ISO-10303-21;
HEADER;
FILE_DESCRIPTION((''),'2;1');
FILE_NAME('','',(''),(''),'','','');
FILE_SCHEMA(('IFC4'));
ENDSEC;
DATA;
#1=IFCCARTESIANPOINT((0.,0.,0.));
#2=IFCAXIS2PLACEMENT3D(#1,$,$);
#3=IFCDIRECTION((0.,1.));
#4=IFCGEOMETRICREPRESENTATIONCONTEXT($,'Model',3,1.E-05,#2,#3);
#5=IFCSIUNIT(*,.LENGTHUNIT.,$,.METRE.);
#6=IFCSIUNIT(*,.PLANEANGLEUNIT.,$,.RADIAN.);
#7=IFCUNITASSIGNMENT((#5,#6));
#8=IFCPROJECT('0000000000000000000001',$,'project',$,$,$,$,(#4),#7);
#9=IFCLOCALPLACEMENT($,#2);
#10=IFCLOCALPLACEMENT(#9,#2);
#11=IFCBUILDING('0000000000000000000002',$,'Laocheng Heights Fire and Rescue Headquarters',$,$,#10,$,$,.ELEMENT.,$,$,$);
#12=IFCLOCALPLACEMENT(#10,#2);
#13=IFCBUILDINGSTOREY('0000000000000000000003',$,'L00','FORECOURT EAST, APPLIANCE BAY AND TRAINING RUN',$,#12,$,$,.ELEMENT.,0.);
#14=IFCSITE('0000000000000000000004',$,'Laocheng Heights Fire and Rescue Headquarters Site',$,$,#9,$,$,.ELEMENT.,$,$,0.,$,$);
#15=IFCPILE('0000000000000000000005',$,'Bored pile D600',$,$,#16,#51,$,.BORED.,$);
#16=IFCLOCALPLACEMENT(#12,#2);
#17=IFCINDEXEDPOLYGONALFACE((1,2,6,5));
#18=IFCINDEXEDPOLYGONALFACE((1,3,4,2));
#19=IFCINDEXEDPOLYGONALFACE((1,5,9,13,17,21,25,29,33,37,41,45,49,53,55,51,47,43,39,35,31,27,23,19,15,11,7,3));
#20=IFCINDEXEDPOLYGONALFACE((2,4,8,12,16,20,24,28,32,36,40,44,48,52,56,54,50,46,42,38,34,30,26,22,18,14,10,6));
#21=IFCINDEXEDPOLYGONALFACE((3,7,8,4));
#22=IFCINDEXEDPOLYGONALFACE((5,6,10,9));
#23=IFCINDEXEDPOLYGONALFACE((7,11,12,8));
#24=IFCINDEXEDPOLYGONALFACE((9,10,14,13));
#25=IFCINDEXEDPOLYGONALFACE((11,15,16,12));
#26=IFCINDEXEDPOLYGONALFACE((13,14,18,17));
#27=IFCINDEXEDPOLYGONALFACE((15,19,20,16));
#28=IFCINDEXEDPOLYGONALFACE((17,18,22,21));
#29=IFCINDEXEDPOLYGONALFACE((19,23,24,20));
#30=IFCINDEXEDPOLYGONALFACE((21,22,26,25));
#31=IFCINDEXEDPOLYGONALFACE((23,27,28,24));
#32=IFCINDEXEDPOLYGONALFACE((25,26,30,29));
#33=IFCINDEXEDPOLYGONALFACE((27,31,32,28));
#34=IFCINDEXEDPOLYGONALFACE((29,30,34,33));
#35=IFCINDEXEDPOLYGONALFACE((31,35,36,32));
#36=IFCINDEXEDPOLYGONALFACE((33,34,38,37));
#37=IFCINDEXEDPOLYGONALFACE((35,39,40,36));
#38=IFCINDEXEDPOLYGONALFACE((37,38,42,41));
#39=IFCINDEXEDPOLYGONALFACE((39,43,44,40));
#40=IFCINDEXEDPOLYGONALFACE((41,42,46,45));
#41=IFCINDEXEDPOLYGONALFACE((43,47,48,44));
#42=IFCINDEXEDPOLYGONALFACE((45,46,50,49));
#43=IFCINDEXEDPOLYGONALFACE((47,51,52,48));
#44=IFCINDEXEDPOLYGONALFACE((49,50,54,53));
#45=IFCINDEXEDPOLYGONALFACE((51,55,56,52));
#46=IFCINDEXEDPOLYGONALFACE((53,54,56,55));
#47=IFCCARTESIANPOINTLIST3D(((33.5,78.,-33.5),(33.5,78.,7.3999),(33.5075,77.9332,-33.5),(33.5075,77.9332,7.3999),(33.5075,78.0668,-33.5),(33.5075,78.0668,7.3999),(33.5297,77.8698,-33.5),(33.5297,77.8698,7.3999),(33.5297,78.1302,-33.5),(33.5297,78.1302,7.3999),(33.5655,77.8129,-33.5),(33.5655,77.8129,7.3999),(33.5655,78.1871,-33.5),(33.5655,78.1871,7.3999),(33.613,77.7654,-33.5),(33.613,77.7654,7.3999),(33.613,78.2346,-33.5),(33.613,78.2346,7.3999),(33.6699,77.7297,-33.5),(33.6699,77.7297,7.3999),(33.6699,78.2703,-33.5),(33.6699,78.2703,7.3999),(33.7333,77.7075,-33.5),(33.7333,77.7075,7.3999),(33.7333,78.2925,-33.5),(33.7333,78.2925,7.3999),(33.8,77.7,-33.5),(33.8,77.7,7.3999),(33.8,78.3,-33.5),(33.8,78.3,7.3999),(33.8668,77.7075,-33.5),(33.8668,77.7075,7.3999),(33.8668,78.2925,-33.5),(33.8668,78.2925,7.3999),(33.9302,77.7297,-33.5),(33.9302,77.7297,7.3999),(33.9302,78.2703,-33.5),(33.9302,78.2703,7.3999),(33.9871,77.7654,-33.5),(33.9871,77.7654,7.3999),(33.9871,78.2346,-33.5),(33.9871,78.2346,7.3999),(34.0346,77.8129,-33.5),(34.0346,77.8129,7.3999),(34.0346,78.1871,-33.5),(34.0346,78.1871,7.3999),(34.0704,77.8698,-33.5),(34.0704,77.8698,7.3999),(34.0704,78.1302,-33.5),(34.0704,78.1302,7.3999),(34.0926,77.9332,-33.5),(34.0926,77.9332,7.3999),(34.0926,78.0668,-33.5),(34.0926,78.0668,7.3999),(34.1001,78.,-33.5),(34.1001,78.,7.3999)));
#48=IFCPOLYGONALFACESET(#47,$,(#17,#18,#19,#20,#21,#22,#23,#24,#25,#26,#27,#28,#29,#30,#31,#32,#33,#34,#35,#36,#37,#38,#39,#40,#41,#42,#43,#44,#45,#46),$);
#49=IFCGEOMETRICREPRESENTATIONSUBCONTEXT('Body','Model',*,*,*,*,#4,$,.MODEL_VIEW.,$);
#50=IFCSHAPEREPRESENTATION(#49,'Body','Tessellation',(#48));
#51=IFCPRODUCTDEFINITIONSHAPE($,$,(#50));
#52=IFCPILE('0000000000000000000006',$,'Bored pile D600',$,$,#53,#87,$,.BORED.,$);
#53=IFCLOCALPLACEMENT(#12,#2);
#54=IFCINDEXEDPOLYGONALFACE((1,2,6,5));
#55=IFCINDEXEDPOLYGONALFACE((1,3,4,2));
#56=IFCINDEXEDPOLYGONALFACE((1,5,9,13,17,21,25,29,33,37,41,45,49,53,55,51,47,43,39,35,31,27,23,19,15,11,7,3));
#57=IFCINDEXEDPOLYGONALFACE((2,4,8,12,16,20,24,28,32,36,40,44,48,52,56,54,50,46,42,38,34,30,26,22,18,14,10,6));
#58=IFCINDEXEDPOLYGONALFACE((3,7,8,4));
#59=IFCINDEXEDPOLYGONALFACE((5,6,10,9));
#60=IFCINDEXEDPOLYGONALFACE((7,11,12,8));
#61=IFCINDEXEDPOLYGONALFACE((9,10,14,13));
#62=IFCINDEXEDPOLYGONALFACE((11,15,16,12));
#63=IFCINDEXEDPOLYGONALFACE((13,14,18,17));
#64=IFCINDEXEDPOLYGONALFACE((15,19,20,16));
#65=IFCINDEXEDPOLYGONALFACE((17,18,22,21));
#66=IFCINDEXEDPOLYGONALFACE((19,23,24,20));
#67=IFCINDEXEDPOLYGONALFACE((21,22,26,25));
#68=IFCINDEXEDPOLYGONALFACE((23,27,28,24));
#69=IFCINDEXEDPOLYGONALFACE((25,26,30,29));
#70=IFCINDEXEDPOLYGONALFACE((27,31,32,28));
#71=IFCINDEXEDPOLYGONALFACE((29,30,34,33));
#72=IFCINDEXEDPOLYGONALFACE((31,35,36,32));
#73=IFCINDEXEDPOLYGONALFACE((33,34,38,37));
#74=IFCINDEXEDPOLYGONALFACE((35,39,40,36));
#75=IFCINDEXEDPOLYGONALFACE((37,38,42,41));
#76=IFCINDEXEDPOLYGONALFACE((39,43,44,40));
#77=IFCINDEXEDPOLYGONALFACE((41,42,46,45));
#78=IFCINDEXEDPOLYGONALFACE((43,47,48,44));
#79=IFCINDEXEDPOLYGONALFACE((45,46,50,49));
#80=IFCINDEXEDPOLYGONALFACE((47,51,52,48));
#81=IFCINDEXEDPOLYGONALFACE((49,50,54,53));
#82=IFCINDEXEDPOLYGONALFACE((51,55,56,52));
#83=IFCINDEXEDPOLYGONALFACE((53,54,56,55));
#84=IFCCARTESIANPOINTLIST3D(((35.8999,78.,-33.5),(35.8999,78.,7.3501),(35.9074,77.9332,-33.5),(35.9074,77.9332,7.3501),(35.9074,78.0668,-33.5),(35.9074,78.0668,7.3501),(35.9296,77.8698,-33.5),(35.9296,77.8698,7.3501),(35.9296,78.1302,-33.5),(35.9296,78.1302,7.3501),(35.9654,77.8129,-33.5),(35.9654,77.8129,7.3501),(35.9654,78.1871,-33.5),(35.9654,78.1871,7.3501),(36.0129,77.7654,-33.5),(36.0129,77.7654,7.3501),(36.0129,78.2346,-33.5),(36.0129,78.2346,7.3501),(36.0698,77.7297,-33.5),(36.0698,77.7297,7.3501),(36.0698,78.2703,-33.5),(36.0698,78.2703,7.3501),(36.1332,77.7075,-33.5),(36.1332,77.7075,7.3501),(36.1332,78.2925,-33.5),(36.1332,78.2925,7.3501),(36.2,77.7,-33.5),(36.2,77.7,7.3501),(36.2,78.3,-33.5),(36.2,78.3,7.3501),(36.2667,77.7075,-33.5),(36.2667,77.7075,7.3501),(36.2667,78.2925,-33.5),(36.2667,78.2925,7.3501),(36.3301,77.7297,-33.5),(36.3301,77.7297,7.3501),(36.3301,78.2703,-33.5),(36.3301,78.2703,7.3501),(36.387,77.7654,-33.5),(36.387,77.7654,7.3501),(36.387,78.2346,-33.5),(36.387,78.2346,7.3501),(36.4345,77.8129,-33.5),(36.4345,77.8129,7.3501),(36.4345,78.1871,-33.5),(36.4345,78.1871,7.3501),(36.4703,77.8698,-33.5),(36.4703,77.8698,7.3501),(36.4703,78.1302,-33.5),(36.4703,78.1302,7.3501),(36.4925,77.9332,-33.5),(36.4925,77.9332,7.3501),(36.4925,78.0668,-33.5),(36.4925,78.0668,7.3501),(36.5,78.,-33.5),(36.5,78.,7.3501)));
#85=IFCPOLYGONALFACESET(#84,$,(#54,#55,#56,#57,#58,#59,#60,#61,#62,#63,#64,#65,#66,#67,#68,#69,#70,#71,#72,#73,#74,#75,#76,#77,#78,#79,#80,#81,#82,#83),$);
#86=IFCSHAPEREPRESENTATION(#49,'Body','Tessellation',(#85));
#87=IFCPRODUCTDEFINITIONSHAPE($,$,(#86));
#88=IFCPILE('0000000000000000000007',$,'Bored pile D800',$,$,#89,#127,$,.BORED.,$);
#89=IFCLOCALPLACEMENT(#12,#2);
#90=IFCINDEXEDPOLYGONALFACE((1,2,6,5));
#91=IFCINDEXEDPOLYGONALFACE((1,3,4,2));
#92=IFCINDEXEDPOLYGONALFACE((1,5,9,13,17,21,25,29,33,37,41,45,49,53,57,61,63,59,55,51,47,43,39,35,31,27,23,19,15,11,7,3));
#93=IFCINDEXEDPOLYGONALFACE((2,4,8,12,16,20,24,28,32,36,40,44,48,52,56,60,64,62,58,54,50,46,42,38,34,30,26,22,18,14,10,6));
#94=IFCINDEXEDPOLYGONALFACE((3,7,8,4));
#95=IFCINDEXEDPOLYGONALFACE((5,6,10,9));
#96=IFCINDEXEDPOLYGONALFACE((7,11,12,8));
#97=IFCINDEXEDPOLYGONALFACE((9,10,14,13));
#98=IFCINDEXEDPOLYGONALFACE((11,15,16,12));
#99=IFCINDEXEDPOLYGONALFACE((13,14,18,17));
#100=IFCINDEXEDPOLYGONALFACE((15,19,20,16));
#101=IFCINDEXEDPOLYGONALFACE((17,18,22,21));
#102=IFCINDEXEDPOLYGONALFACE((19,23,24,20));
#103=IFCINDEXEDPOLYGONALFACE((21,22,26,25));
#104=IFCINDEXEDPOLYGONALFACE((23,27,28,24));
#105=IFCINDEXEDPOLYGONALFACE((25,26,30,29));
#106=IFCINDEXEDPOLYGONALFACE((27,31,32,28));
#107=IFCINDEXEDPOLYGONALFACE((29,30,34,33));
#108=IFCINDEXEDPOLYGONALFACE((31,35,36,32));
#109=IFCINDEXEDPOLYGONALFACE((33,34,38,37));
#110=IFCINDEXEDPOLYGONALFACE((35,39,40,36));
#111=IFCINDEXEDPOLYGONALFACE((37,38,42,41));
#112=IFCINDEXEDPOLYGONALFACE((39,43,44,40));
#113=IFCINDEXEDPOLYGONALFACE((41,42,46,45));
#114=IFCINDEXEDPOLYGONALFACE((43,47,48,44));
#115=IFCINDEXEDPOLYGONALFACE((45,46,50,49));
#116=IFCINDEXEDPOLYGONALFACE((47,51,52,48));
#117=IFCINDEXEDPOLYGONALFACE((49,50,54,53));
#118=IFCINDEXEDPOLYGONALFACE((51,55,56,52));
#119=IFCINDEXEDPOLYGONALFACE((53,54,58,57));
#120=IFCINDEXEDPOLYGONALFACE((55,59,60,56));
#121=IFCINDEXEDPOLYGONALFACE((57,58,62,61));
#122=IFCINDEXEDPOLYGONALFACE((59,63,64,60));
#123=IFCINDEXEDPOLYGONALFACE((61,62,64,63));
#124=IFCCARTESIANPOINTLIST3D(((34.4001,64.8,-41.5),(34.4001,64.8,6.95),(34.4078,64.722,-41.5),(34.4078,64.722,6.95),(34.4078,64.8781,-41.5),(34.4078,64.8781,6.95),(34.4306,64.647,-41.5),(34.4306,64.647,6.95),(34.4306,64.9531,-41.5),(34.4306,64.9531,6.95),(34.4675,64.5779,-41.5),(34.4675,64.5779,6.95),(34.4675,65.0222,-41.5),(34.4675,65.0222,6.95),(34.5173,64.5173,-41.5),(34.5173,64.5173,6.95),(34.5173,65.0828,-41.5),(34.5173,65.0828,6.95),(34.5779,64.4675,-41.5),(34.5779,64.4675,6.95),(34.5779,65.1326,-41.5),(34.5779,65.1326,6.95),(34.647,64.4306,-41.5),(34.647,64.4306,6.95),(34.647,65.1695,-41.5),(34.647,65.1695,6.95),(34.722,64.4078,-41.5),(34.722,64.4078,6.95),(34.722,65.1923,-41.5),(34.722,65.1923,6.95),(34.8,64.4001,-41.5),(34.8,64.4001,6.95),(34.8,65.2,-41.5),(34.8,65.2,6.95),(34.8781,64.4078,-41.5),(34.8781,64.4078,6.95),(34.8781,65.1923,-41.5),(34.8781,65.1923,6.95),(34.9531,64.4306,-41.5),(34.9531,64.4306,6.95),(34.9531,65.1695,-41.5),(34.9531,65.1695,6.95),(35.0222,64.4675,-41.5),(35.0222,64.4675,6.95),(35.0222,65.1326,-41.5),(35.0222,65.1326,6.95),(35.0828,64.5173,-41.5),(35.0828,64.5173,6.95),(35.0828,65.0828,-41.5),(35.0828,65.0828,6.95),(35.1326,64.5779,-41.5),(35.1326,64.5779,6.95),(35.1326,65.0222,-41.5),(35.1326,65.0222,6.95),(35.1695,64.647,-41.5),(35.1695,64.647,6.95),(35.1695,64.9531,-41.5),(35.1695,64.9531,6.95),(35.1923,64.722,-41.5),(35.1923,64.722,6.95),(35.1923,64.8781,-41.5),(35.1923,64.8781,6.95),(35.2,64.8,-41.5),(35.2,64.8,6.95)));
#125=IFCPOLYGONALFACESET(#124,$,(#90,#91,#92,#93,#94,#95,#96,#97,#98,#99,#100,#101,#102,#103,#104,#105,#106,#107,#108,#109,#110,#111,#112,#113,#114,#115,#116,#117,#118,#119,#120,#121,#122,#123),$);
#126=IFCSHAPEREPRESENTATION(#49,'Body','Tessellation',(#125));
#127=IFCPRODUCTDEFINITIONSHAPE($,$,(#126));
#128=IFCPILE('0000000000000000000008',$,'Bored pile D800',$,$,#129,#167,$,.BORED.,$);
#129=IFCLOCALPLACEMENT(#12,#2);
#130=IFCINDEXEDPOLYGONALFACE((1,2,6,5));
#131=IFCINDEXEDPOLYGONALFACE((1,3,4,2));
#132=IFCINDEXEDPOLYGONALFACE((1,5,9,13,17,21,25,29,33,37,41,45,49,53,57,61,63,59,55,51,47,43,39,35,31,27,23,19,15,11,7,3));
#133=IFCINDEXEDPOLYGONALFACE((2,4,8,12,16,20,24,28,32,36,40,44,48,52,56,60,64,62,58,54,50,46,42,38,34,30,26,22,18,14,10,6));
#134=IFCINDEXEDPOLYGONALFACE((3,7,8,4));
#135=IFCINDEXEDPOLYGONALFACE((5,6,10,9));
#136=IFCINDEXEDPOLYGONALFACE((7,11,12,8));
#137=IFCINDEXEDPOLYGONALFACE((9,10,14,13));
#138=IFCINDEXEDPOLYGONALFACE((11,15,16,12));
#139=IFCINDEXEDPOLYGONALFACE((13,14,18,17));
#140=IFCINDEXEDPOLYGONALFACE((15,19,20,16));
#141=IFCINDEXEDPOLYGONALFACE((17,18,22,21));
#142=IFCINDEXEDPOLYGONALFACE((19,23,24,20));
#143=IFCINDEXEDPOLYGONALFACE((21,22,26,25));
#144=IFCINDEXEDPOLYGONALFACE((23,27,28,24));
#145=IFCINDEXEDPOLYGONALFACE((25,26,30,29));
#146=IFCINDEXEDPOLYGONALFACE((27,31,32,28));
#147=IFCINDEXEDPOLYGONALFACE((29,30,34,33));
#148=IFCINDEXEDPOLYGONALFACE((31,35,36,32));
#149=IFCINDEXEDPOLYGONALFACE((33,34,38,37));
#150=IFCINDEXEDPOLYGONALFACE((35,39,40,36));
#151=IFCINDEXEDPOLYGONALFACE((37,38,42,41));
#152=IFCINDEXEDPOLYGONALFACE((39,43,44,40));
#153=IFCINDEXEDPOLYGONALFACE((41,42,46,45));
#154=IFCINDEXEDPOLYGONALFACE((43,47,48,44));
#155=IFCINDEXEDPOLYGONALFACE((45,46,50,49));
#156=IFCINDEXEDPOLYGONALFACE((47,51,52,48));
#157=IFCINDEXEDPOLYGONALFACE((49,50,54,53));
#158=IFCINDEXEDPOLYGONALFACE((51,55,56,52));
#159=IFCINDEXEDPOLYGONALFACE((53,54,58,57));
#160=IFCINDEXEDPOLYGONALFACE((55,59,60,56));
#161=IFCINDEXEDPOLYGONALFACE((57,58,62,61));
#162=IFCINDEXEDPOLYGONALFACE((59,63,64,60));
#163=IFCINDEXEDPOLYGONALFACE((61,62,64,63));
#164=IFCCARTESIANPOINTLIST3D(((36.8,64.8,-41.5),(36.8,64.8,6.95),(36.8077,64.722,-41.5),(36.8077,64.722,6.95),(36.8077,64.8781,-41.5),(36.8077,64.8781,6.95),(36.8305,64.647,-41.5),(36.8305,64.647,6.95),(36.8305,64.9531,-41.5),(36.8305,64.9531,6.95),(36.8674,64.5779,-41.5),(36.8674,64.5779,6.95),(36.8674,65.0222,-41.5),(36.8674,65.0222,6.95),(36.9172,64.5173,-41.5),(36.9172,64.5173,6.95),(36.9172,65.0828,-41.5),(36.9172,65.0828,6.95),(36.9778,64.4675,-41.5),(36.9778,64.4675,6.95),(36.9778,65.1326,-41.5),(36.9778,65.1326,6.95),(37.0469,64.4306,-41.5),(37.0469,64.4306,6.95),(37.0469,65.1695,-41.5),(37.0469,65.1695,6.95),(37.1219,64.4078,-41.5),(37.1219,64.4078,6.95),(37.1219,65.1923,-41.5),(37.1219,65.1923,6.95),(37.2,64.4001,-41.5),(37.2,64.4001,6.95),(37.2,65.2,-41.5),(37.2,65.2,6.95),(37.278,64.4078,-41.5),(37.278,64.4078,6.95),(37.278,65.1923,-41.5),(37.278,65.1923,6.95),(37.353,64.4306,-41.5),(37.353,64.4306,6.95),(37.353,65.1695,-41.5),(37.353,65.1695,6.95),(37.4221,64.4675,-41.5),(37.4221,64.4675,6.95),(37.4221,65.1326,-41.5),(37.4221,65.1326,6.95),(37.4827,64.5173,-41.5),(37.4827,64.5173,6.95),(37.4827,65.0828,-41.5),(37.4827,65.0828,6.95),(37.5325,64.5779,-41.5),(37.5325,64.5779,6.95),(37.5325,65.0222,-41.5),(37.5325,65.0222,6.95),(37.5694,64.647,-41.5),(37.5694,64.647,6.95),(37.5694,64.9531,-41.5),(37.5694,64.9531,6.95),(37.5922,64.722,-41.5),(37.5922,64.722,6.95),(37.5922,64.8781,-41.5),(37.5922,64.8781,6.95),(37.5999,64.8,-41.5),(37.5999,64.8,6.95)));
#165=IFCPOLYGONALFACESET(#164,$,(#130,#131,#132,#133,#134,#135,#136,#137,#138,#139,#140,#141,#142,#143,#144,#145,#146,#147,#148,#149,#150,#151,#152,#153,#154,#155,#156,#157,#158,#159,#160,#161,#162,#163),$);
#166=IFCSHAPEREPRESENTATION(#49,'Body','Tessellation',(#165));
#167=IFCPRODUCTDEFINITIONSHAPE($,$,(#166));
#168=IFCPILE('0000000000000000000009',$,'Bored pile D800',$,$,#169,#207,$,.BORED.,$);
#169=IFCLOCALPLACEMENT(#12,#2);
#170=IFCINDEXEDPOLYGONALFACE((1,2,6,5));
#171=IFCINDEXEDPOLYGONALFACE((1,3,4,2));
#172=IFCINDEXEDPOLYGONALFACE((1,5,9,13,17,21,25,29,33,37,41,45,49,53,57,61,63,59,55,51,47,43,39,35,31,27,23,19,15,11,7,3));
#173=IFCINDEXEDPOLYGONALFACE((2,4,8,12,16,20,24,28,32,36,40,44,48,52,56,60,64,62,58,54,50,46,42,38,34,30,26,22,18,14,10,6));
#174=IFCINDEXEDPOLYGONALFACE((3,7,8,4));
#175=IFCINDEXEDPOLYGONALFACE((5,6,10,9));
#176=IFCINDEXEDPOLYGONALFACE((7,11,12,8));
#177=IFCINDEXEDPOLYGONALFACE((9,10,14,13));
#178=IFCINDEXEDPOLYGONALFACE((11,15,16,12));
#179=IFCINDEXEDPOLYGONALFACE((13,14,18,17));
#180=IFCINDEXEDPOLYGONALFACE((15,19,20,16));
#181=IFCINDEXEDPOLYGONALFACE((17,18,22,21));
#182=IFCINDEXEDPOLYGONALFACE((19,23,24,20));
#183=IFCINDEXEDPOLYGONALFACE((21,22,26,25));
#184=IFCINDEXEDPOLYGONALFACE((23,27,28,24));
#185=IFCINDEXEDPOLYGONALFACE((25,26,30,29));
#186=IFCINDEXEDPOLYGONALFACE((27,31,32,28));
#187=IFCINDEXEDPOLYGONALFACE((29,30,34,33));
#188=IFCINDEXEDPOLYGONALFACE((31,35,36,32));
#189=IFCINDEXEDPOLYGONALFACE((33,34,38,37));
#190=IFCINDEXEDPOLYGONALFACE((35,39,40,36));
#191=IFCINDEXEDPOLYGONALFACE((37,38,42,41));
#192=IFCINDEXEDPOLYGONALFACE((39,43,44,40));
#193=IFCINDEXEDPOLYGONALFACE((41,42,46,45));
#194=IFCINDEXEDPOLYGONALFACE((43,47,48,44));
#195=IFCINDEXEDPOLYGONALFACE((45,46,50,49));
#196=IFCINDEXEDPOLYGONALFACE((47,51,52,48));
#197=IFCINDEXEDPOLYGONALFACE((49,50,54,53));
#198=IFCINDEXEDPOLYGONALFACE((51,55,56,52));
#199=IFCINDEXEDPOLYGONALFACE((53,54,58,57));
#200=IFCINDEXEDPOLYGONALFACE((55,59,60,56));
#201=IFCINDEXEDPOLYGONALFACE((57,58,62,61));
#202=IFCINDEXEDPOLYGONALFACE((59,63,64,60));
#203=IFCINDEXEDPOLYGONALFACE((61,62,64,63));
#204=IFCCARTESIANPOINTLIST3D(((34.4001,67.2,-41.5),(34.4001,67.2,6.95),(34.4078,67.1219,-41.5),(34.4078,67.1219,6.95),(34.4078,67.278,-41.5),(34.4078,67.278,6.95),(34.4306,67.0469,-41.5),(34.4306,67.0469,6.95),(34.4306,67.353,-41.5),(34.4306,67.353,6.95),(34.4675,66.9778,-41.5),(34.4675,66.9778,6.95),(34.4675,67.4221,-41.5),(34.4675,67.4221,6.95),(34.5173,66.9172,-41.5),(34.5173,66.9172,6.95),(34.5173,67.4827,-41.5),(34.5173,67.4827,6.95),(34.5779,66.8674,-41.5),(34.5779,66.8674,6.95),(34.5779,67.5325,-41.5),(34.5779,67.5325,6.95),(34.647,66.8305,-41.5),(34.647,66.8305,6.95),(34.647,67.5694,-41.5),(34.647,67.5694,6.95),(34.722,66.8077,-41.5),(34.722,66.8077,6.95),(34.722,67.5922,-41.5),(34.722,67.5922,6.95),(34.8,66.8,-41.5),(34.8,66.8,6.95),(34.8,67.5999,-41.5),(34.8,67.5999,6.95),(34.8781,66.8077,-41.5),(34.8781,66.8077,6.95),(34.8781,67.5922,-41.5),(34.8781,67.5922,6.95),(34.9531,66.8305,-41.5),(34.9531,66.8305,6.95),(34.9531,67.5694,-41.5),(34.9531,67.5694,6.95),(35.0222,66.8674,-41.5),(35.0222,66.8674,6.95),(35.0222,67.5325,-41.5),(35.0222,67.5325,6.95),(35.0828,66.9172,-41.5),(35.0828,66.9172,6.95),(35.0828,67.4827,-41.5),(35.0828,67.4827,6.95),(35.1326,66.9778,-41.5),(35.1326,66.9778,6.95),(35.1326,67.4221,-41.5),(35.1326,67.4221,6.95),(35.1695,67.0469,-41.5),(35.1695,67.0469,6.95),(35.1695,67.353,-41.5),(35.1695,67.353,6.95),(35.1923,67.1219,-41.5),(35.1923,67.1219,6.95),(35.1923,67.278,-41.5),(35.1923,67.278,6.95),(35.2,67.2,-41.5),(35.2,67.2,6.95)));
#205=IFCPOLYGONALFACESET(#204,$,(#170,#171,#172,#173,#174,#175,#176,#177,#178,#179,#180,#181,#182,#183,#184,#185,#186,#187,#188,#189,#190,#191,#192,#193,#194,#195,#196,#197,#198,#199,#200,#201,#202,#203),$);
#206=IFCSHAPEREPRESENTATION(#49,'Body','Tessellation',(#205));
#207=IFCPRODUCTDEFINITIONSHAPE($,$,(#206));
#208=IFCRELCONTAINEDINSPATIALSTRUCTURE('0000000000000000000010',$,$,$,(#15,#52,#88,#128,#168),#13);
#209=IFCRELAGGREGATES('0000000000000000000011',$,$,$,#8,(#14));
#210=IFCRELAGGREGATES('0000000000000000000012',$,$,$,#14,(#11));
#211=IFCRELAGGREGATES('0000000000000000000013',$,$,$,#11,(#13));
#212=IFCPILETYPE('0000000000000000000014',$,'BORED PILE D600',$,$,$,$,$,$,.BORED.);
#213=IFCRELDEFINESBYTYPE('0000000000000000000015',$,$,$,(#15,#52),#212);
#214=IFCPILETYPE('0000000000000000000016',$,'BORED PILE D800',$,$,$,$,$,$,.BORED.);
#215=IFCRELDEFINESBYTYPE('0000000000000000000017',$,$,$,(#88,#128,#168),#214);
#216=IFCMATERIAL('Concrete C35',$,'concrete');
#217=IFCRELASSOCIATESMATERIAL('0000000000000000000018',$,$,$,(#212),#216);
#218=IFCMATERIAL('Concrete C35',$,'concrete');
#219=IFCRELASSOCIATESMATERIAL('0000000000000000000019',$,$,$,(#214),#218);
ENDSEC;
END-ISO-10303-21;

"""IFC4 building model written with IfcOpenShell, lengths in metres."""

from ifc_helpers import new_model, si_unit, direction, frame, origin, origin_2d, place, context, subcontext, project, spatial, circle, extrude, material, material_profile, profile_set, type_object, element, save


model = new_model("IFC4")

# Units and contexts
model_context = context("Model", 3, precision=1e-05, world=origin(), true_north=direction((0.0, 1.0)))
body_context = subcontext(model_context, "Body", "Model", "MODEL_VIEW")
ifc_project = project(units=[si_unit("LENGTHUNIT", "METRE"), si_unit("PLANEANGLEUNIT", "RADIAN")], contexts=[model_context])

# Site, building, storey
site_placement = place(None, origin())
site = spatial("IfcSite", under=ifc_project, at=site_placement, Name="Laocheng Heights Fire and Rescue Headquarters Site", CompositionType="ELEMENT", RefElevation=0.0)
building_placement = place(site_placement, origin())
building = spatial("IfcBuilding", under=site, at=building_placement, Name="Laocheng Heights Fire and Rescue Headquarters", CompositionType="ELEMENT")
storey_placement = place(building_placement, origin())
storey = spatial("IfcBuildingStorey", under=building, at=storey_placement, Name="L00", Description="FORECOURT EAST, APPLIANCE BAY AND TRAINING RUN", CompositionType="ELEMENT", Elevation=0.0)

# Piles
ifc_material_1 = material(Name="Concrete C35", Category="concrete")
ifc_material_profile_1 = material_profile(ifc_material_1, circle(Radius=0.3, at=origin_2d()), Name="BORED PILE D600")
ifc_profile_set_1 = profile_set([ifc_material_profile_1], Name="Concrete C35")
pile_type_1 = type_object("IfcPileType", Name="BORED PILE D600", PredefinedType="BORED", material=ifc_profile_set_1)
pile_1_placement = place(storey_placement, frame((33.8, 78.0, 7.3999), z_axis=(0.0, 0.0, -1.0), x_axis=(1.0, 0.0, 0.0)))
element("IfcPile", 1, at=pile_1_placement, inside=storey, type_object=pile_type_1, Name="Bored pile D600", PredefinedType="BORED", context=body_context, shape_type="SweptSolid", body=[
    extrude(circle(Radius=0.3, at=origin_2d()), origin(), (0.0, 0.0, 1.0), 40.8999),
])
pile_2_placement = place(storey_placement, frame((36.2, 78.0, 7.3501), z_axis=(0.0, 0.0, -1.0), x_axis=(1.0, 0.0, 0.0)))
element("IfcPile", 2, at=pile_2_placement, inside=storey, type_object=pile_type_1, Name="Bored pile D600", PredefinedType="BORED", context=body_context, shape_type="SweptSolid", body=[
    extrude(circle(Radius=0.3, at=origin_2d()), origin(), (0.0, 0.0, 1.0), 40.8501),
])
ifc_material_2 = material(Name="Concrete C35", Category="concrete")
ifc_material_profile_2 = material_profile(ifc_material_2, circle(Radius=0.3999, at=origin_2d()), Name="BORED PILE D800")
ifc_profile_set_2 = profile_set([ifc_material_profile_2], Name="Concrete C35")
pile_type_2 = type_object("IfcPileType", Name="BORED PILE D800", PredefinedType="BORED", material=ifc_profile_set_2)
for number, where, z_axis, x_axis, name in (
    (3, (34.8, 64.8, 6.95), (0.0, 0.0, -1.0), (1.0, 0.0, 0.0), "Bored pile D800"),
    (4, (37.2, 64.8, 6.95), (0.0, 0.0, -1.0), (1.0, 0.0, 0.0), "Bored pile D800"),
    (5, (34.8, 67.2, 6.95), (0.0, 0.0, -1.0), (1.0, 0.0, 0.0), "Bored pile D800"),
):
    element("IfcPile", number, at=place(storey_placement, frame(where, z_axis=z_axis, x_axis=x_axis)), inside=storey, type_object=pile_type_2, Name=name, PredefinedType="BORED", context=body_context, shape_type="SweptSolid", body=[
        extrude(circle(Radius=0.3999, at=origin_2d()), origin(), (0.0, 0.0, 1.0), 48.45),
    ])

save(model, "model.ifc")
